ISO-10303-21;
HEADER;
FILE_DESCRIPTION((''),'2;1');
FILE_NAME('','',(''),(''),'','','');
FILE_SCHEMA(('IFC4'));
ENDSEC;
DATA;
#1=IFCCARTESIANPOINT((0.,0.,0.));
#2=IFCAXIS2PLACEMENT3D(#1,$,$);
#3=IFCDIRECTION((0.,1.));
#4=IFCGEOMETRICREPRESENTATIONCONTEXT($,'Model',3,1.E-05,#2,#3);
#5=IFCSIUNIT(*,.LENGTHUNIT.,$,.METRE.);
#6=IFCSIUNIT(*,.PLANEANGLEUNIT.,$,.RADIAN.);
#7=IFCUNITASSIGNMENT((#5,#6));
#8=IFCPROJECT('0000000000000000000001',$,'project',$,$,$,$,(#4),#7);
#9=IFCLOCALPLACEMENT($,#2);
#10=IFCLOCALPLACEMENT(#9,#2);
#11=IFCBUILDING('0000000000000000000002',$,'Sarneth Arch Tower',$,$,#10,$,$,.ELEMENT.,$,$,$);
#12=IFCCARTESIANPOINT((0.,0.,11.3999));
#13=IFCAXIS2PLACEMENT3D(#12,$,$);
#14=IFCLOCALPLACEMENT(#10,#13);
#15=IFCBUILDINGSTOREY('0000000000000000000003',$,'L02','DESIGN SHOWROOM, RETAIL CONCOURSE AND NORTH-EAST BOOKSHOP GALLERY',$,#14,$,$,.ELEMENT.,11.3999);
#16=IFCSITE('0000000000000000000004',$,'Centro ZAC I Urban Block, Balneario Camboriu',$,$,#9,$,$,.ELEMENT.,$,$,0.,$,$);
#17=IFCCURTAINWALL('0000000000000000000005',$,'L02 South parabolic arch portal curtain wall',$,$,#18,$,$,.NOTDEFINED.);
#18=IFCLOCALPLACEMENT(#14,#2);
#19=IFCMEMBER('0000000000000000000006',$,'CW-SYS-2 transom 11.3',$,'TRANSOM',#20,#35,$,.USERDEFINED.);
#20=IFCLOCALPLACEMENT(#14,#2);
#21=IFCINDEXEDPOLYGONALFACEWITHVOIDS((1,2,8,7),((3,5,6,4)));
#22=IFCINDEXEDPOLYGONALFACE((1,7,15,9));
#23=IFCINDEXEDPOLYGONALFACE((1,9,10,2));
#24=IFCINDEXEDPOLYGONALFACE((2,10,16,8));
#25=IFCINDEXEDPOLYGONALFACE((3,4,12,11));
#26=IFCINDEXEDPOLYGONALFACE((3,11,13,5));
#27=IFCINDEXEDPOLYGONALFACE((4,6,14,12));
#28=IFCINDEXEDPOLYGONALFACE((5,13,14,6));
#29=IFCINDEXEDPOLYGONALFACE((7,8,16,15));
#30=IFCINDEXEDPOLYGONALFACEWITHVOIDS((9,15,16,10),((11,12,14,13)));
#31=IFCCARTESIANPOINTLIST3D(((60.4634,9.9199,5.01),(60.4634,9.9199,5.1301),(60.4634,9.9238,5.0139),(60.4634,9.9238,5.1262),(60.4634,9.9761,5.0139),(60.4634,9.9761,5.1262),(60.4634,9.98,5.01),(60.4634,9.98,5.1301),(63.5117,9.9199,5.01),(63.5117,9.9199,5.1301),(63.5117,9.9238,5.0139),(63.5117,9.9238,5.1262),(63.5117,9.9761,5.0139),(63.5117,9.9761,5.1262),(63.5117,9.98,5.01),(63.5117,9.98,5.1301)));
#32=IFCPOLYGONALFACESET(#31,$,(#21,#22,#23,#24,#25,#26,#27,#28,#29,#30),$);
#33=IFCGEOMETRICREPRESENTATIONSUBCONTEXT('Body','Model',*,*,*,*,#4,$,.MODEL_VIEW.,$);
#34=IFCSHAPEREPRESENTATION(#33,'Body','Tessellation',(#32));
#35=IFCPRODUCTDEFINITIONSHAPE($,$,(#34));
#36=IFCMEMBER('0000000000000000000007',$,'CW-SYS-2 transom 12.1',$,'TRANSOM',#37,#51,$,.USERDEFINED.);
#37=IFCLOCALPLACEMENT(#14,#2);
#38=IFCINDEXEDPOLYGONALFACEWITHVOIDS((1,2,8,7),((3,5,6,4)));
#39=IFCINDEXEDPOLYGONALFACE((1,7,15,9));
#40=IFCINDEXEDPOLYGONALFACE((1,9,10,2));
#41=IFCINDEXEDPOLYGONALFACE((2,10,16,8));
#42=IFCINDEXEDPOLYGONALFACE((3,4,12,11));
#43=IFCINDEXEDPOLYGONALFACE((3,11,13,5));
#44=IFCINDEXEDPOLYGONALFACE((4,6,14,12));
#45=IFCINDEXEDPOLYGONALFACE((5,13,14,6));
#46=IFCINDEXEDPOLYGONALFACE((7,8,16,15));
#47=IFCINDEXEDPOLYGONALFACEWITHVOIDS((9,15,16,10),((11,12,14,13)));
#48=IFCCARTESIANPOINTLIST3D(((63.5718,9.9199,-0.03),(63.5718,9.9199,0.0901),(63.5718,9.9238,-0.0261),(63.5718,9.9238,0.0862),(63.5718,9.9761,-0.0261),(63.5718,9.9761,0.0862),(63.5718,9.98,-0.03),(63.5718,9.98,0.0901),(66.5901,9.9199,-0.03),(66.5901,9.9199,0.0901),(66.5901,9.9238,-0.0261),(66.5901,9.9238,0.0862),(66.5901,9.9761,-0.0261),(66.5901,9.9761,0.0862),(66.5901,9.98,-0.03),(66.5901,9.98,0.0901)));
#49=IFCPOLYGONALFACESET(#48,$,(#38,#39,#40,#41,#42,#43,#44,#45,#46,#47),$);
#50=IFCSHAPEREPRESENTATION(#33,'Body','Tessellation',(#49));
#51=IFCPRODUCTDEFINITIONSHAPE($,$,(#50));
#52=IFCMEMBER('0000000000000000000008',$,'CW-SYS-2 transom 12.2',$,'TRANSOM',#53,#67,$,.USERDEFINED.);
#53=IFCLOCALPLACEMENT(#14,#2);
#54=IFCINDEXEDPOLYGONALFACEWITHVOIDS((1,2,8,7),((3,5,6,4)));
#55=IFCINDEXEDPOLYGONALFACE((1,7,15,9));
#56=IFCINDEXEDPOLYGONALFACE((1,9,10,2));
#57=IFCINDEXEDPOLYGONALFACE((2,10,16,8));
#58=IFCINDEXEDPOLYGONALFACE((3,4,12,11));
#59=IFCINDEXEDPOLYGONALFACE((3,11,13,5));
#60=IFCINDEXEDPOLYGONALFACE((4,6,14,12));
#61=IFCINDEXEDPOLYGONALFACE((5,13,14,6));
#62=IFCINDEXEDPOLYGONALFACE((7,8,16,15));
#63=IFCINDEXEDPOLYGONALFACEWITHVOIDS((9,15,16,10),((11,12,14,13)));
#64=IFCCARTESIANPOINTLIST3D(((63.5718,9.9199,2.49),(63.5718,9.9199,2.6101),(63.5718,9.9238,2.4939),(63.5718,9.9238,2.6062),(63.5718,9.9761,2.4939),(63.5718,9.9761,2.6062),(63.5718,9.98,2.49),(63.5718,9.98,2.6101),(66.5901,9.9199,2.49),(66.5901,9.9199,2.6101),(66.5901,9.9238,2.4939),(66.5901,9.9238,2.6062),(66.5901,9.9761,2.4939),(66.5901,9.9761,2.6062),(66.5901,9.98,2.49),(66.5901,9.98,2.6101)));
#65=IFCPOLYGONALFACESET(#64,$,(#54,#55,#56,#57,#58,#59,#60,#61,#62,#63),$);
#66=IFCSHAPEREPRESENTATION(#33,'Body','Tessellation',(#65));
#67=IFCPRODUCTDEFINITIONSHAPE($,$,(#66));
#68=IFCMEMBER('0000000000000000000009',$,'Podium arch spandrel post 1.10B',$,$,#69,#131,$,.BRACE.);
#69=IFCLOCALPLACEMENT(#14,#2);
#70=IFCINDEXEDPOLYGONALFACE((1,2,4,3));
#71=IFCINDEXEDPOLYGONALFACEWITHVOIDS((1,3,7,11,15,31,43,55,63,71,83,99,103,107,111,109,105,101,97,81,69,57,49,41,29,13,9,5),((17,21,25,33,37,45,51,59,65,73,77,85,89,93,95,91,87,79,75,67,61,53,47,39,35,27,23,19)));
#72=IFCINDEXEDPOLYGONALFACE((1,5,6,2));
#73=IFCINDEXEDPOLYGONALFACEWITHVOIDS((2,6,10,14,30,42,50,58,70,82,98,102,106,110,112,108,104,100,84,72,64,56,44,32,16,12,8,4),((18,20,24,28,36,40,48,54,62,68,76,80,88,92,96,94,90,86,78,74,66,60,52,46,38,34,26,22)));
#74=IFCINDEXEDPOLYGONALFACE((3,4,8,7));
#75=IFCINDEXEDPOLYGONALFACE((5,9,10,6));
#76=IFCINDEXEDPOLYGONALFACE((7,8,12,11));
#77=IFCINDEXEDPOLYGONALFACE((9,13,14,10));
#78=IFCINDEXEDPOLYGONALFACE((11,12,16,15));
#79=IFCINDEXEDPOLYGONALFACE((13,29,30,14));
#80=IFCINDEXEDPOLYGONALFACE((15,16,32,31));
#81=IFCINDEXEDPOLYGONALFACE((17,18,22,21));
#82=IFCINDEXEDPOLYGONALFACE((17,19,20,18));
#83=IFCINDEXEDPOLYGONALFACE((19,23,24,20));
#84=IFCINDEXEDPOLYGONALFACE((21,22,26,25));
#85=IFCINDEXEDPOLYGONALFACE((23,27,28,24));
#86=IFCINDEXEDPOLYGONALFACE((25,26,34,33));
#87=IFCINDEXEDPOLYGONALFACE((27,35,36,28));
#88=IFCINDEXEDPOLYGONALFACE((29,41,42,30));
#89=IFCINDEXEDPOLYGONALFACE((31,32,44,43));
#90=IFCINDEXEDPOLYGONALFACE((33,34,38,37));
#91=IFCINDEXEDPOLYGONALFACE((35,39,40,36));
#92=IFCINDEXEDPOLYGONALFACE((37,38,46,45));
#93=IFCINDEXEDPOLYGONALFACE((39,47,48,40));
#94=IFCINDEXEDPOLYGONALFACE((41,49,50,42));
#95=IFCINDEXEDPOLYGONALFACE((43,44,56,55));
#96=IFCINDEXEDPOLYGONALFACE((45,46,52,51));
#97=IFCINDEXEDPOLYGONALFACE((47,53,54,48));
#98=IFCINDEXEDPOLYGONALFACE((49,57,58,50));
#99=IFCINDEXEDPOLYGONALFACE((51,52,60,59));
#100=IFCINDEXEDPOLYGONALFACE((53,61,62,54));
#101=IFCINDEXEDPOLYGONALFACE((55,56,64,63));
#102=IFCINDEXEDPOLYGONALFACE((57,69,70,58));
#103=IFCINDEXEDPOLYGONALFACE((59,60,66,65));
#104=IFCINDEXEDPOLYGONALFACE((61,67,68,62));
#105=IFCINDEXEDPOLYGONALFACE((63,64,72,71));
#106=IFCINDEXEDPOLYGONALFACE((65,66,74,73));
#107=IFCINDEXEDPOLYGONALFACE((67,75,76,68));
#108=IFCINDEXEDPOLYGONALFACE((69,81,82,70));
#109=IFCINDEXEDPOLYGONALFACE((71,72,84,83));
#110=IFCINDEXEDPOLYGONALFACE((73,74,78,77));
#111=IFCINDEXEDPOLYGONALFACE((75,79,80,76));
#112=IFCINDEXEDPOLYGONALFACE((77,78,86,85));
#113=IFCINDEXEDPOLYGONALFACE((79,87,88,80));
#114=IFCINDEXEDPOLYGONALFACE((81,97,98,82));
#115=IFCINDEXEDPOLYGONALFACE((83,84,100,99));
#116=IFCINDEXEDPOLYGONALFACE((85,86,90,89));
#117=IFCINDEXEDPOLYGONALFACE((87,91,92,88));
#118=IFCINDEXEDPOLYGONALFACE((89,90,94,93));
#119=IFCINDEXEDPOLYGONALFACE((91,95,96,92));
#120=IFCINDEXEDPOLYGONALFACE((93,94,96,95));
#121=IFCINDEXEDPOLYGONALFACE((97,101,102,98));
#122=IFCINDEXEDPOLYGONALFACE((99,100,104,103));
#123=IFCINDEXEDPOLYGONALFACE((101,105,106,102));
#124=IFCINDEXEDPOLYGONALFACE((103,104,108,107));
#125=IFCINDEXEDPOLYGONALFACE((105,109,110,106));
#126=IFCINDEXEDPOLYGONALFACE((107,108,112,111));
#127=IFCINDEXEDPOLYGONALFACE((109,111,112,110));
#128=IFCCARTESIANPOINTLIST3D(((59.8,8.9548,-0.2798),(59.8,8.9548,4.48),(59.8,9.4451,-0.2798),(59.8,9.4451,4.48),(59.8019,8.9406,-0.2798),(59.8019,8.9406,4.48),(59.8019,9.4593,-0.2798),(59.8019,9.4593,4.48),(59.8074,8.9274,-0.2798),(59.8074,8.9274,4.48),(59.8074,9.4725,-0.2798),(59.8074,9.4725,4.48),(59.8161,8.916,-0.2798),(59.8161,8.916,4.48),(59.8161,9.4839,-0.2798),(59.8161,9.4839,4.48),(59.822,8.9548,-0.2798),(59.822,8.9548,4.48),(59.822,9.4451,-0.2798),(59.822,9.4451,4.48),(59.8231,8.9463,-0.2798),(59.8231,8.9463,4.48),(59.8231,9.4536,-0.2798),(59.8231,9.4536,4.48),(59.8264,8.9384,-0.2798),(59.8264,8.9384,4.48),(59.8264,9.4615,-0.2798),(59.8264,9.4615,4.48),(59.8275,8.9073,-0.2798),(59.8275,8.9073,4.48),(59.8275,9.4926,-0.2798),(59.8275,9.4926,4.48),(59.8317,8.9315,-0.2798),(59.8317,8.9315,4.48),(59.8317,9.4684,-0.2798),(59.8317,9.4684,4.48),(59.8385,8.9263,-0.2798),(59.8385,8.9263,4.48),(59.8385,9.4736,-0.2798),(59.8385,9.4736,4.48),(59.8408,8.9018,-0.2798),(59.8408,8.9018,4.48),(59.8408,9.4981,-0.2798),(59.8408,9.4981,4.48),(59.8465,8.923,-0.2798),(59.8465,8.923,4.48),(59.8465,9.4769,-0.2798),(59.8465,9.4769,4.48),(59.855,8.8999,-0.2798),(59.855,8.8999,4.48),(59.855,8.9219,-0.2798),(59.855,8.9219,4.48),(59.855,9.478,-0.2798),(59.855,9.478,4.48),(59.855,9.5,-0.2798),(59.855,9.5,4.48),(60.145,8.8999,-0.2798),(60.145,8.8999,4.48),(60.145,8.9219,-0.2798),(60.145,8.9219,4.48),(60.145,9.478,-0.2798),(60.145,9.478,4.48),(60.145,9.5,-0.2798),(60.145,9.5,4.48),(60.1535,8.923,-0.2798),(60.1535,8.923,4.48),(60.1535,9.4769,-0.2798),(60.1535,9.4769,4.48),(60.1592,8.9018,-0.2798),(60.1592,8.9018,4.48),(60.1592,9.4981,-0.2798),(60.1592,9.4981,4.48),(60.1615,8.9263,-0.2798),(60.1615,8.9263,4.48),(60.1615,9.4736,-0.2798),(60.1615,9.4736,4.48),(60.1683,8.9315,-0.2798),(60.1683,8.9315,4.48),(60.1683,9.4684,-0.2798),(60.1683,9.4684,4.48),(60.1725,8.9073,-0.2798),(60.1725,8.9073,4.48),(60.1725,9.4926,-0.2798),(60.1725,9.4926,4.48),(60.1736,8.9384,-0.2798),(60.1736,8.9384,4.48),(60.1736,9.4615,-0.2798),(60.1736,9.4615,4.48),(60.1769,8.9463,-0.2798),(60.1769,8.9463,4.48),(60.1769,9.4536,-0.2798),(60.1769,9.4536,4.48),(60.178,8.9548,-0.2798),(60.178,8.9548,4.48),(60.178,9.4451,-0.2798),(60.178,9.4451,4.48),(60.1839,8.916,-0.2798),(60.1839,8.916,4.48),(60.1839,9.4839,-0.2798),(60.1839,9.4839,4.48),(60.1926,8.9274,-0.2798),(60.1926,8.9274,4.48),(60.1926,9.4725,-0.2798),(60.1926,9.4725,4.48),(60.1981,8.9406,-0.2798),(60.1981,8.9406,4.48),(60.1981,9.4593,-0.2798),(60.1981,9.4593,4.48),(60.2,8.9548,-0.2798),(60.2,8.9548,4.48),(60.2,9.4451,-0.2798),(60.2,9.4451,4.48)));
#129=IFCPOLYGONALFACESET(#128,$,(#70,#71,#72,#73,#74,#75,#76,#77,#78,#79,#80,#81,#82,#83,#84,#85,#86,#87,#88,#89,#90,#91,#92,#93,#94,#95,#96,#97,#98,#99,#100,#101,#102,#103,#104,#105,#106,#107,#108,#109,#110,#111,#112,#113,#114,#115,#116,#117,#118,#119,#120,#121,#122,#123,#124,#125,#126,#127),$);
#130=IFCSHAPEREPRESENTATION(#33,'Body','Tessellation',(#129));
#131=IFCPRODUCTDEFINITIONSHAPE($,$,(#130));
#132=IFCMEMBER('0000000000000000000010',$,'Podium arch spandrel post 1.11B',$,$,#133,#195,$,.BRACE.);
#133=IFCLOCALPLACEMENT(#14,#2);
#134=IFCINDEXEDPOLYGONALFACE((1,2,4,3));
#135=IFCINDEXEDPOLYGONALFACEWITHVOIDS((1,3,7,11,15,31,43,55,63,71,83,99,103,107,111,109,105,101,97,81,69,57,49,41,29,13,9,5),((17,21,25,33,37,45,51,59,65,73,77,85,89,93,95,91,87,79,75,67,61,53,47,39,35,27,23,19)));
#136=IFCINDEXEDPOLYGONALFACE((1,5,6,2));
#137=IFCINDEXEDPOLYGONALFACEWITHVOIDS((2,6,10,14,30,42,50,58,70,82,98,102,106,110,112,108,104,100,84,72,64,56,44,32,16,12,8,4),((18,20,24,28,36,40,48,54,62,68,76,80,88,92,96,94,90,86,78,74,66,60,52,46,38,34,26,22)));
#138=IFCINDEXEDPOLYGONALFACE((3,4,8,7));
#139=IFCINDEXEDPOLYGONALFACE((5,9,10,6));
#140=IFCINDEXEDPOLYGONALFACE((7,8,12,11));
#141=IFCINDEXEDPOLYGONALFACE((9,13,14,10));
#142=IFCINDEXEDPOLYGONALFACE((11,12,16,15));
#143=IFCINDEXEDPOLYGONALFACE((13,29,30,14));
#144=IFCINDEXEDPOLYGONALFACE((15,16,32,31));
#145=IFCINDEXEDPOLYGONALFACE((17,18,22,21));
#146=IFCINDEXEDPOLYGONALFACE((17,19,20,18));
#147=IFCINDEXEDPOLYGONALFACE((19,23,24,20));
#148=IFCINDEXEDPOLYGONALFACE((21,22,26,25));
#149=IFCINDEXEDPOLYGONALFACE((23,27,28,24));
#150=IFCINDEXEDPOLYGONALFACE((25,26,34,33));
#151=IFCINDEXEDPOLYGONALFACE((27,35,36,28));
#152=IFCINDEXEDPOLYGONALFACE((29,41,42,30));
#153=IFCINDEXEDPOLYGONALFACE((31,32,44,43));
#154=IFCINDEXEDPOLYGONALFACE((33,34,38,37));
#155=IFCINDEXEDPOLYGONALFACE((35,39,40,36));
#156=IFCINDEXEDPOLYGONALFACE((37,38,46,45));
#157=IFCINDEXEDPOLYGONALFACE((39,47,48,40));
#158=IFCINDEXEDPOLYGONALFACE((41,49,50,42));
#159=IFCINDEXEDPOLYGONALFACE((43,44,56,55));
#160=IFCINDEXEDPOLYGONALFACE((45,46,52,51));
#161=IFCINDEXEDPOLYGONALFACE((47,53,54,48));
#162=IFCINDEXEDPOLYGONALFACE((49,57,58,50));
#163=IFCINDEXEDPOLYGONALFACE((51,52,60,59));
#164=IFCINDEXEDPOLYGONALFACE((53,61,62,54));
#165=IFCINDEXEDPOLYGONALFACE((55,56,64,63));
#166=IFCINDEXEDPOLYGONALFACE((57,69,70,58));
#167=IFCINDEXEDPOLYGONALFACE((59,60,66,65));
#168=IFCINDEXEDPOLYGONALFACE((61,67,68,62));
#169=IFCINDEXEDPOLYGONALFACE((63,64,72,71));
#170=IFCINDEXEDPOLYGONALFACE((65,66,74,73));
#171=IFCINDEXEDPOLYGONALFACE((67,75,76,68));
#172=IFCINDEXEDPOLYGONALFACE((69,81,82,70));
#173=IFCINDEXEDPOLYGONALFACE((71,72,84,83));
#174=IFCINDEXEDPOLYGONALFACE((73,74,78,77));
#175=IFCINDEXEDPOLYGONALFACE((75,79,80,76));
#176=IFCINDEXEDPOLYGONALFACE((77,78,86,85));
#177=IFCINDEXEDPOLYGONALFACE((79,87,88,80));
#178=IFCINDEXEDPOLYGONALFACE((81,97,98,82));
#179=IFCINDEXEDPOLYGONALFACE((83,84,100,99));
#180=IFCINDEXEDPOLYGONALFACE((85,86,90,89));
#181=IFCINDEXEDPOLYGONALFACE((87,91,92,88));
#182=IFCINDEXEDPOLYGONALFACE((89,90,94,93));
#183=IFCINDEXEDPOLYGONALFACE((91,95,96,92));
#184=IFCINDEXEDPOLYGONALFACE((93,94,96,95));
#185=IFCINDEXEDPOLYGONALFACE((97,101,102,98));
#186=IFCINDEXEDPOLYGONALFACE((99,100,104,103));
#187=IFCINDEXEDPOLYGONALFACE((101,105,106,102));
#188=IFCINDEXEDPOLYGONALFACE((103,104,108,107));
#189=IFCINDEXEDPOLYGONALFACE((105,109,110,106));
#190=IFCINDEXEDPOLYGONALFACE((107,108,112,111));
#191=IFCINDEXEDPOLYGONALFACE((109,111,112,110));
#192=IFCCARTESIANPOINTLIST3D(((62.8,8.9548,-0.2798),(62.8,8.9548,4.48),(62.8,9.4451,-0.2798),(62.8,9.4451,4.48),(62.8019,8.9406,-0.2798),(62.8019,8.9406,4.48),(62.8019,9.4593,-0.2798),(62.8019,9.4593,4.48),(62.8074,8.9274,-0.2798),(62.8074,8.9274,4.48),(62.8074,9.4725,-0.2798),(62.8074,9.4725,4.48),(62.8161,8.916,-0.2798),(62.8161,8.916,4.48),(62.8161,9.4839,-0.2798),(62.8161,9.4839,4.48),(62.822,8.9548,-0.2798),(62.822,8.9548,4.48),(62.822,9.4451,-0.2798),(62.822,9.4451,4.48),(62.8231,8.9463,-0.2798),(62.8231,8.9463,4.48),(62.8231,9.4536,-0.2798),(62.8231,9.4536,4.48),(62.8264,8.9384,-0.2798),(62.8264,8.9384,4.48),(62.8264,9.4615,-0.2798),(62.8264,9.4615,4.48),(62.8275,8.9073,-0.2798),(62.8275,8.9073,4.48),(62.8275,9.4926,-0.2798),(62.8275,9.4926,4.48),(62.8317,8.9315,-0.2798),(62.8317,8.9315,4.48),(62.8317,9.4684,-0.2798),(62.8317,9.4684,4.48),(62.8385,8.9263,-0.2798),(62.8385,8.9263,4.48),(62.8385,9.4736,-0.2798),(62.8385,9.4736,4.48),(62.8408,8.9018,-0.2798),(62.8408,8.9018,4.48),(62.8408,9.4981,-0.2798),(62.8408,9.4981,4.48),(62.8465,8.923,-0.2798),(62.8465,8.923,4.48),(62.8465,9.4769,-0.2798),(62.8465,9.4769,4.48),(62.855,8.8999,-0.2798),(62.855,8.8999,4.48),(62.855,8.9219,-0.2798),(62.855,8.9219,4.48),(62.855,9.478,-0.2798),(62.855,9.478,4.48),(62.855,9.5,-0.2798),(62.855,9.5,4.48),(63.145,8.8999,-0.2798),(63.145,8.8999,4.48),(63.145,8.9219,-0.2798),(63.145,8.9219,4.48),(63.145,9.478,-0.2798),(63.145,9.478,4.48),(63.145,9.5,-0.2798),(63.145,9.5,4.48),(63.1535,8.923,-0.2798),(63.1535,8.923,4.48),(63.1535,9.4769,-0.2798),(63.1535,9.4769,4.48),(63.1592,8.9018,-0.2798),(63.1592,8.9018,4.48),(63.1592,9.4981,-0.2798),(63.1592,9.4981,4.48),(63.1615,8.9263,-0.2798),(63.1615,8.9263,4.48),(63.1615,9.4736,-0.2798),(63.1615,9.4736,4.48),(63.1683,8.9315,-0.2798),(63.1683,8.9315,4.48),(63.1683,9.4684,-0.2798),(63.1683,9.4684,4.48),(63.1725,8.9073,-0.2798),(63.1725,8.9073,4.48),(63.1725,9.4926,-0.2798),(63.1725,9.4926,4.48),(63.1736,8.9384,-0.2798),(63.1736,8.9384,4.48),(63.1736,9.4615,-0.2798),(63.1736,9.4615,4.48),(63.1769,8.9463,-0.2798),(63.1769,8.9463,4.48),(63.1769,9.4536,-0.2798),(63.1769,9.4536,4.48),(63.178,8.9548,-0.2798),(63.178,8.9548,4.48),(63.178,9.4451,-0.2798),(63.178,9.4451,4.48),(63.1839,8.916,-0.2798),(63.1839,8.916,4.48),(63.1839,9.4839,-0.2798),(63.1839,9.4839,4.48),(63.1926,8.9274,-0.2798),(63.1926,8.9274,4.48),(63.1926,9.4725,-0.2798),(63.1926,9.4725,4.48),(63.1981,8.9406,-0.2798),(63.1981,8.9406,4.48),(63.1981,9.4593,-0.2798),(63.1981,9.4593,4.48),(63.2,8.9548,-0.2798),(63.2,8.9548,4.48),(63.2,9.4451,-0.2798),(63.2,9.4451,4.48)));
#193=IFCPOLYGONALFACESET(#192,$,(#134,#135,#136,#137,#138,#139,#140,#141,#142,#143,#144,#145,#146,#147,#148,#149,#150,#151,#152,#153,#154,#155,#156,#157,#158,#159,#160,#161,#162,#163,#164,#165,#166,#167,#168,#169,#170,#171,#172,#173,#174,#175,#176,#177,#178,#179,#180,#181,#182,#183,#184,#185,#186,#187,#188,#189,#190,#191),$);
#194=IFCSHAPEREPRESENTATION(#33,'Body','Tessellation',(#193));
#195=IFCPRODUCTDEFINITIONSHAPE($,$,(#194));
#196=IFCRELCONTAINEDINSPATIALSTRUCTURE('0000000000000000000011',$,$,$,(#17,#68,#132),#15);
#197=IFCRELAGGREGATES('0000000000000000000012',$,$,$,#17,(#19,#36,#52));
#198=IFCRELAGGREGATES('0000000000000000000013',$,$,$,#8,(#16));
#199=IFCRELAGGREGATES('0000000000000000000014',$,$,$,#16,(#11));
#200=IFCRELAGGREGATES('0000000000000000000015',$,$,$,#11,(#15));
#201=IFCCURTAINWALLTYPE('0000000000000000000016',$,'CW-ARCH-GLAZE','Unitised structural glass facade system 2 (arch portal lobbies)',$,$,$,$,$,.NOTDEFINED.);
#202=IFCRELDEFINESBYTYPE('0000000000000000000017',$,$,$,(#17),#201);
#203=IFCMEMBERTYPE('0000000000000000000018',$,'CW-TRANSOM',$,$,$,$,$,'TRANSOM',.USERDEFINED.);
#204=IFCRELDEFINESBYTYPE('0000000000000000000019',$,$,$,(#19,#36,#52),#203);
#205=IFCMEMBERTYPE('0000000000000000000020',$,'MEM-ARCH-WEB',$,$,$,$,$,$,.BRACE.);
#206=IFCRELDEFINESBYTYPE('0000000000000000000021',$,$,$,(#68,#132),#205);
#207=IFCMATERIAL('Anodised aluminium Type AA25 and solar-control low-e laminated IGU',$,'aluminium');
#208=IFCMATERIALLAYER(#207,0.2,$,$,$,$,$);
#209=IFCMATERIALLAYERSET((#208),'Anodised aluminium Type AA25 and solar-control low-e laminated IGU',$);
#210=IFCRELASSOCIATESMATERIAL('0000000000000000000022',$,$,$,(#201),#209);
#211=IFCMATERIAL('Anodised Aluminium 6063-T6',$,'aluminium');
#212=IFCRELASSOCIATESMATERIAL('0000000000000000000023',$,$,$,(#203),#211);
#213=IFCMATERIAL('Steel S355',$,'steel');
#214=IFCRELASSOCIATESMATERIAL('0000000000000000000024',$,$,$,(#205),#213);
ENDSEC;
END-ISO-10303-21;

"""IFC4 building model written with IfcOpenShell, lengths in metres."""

from ifc_helpers import new_model, si_unit, direction, frame, origin, origin_2d, place, context, subcontext, project, spatial, hollow_rectangle, extrude, material, layer, layer_set, material_profile, profile_set, type_object, element, aggregate, save


model = new_model("IFC4")

# Units and contexts
model_context = context("Model", 3, precision=1e-05, world=origin(), true_north=direction((0.0, 1.0)))
body_context = subcontext(model_context, "Body", "Model", "MODEL_VIEW")
ifc_project = project(units=[si_unit("LENGTHUNIT", "METRE"), si_unit("PLANEANGLEUNIT", "RADIAN")], contexts=[model_context])

# Site, building, storey
site_placement = place(None, origin())
site = spatial("IfcSite", under=ifc_project, at=site_placement, Name="Centro ZAC I Urban Block, Balneario Camboriu", CompositionType="ELEMENT", RefElevation=0.0)
building_placement = place(site_placement, origin())
building = spatial("IfcBuilding", under=site, at=building_placement, Name="Sarneth Arch Tower", CompositionType="ELEMENT")
storey_placement = place(building_placement, frame((0.0, 0.0, 11.3999)))
storey = spatial("IfcBuildingStorey", under=building, at=storey_placement, Name="L02", Description="DESIGN SHOWROOM, RETAIL CONCOURSE AND NORTH-EAST BOOKSHOP GALLERY", CompositionType="ELEMENT", Elevation=11.3999)

# Curtain wall, members
ifc_material_1 = material(Name="Anodised aluminium Type AA25 and solar-control low-e laminated IGU", Category="aluminium")
ifc_layer_1 = layer(ifc_material_1, 0.2)
ifc_layer_set_1 = layer_set([ifc_layer_1], Name="Anodised aluminium Type AA25 and solar-control low-e laminated IGU")
curtain_wall_type = type_object("IfcCurtainWallType", Name="CW-ARCH-GLAZE", Description="Unitised structural glass facade system 2 (arch portal lobbies)", PredefinedType="NOTDEFINED", material=ifc_layer_set_1)
curtain_wall_placement = place(storey_placement, origin())
curtain_wall = element("IfcCurtainWall", 1, at=curtain_wall_placement, inside=storey, type_object=curtain_wall_type, Name="L02 South parabolic arch portal curtain wall", PredefinedType="NOTDEFINED")
ifc_material_2 = material(Name="Anodised Aluminium 6063-T6", Category="aluminium")
ifc_material_profile_1 = material_profile(ifc_material_2, hollow_rectangle(XDim=0.0601, YDim=0.1201, WallThickness=0.0039, at=origin_2d()), Name="AL-TRAN-120x60x4")
ifc_profile_set_1 = profile_set([ifc_material_profile_1], Name="Anodised Aluminium 6063-T6")
member_type_1 = type_object("IfcMemberType", Name="CW-TRANSOM", ElementType="TRANSOM", PredefinedType="USERDEFINED", material=ifc_profile_set_1)
member_1_placement = place(storey_placement, frame((60.4634, 9.95, 5.0701), z_axis=(1.0, 0.0, 0.0), x_axis=(0.0, 1.0, 0.0)))
member_1 = element("IfcMember", 2, at=member_1_placement, type_object=member_type_1, Name="CW-SYS-2 transom 11.3", ObjectType="TRANSOM", PredefinedType="USERDEFINED", context=body_context, shape_type="SweptSolid", body=[
    extrude(hollow_rectangle(XDim=0.0601, YDim=0.1201, WallThickness=0.0039, at=origin_2d()), origin(), (0.0, 0.0, 1.0), 3.0483),
])
member_2_placement = place(storey_placement, frame((63.5718, 9.95, 0.03), z_axis=(1.0, 0.0, 0.0), x_axis=(0.0, 1.0, 0.0)))
member_2 = element("IfcMember", 3, at=member_2_placement, type_object=member_type_1, Name="CW-SYS-2 transom 12.1", ObjectType="TRANSOM", PredefinedType="USERDEFINED", context=body_context, shape_type="SweptSolid", body=[
    extrude(hollow_rectangle(XDim=0.0601, YDim=0.1201, WallThickness=0.0039, at=origin_2d()), origin(), (0.0, 0.0, 1.0), 3.0183),
])
member_3_placement = place(storey_placement, frame((63.5718, 9.95, 2.55), z_axis=(1.0, 0.0, 0.0), x_axis=(0.0, 1.0, 0.0)))
member_3 = element("IfcMember", 4, at=member_3_placement, type_object=member_type_1, Name="CW-SYS-2 transom 12.2", ObjectType="TRANSOM", PredefinedType="USERDEFINED", context=body_context, shape_type="SweptSolid", body=[
    extrude(hollow_rectangle(XDim=0.0601, YDim=0.1201, WallThickness=0.0039, at=origin_2d()), origin(), (0.0, 0.0, 1.0), 3.0183),
])

# Members
ifc_material_3 = material(Name="Steel S355", Category="steel")
ifc_material_profile_2 = material_profile(ifc_material_3, hollow_rectangle(XDim=0.3999, YDim=0.6001, WallThickness=0.022, InnerFilletRadius=0.033, OuterFilletRadius=0.0549, at=origin_2d()), Name="RHS600x400x22")
ifc_profile_set_2 = profile_set([ifc_material_profile_2], Name="Steel S355")
member_type_2 = type_object("IfcMemberType", Name="MEM-ARCH-WEB", PredefinedType="BRACE", material=ifc_profile_set_2)
for number, where, z_axis, x_axis, name in (
    (5, (60.0, 9.2, -0.2798), (0.0, 0.0, 1.0), (1.0, 0.0, 0.0), "Podium arch spandrel post 1.10B"),
    (6, (63.0, 9.2, -0.2798), (0.0, 0.0, 1.0), (1.0, 0.0, 0.0), "Podium arch spandrel post 1.11B"),
):
    element("IfcMember", number, at=place(storey_placement, frame(where, z_axis=z_axis, x_axis=x_axis)), inside=storey, type_object=member_type_2, Name=name, PredefinedType="BRACE", context=body_context, shape_type="SweptSolid", body=[
        extrude(hollow_rectangle(XDim=0.3999, YDim=0.6001, WallThickness=0.022, InnerFilletRadius=0.033, OuterFilletRadius=0.0549, at=origin_2d()), origin(), (0.0, 0.0, 1.0), 4.7598),
    ])

aggregate(curtain_wall, [member_1, member_2, member_3])

save(model, "model.ifc")
